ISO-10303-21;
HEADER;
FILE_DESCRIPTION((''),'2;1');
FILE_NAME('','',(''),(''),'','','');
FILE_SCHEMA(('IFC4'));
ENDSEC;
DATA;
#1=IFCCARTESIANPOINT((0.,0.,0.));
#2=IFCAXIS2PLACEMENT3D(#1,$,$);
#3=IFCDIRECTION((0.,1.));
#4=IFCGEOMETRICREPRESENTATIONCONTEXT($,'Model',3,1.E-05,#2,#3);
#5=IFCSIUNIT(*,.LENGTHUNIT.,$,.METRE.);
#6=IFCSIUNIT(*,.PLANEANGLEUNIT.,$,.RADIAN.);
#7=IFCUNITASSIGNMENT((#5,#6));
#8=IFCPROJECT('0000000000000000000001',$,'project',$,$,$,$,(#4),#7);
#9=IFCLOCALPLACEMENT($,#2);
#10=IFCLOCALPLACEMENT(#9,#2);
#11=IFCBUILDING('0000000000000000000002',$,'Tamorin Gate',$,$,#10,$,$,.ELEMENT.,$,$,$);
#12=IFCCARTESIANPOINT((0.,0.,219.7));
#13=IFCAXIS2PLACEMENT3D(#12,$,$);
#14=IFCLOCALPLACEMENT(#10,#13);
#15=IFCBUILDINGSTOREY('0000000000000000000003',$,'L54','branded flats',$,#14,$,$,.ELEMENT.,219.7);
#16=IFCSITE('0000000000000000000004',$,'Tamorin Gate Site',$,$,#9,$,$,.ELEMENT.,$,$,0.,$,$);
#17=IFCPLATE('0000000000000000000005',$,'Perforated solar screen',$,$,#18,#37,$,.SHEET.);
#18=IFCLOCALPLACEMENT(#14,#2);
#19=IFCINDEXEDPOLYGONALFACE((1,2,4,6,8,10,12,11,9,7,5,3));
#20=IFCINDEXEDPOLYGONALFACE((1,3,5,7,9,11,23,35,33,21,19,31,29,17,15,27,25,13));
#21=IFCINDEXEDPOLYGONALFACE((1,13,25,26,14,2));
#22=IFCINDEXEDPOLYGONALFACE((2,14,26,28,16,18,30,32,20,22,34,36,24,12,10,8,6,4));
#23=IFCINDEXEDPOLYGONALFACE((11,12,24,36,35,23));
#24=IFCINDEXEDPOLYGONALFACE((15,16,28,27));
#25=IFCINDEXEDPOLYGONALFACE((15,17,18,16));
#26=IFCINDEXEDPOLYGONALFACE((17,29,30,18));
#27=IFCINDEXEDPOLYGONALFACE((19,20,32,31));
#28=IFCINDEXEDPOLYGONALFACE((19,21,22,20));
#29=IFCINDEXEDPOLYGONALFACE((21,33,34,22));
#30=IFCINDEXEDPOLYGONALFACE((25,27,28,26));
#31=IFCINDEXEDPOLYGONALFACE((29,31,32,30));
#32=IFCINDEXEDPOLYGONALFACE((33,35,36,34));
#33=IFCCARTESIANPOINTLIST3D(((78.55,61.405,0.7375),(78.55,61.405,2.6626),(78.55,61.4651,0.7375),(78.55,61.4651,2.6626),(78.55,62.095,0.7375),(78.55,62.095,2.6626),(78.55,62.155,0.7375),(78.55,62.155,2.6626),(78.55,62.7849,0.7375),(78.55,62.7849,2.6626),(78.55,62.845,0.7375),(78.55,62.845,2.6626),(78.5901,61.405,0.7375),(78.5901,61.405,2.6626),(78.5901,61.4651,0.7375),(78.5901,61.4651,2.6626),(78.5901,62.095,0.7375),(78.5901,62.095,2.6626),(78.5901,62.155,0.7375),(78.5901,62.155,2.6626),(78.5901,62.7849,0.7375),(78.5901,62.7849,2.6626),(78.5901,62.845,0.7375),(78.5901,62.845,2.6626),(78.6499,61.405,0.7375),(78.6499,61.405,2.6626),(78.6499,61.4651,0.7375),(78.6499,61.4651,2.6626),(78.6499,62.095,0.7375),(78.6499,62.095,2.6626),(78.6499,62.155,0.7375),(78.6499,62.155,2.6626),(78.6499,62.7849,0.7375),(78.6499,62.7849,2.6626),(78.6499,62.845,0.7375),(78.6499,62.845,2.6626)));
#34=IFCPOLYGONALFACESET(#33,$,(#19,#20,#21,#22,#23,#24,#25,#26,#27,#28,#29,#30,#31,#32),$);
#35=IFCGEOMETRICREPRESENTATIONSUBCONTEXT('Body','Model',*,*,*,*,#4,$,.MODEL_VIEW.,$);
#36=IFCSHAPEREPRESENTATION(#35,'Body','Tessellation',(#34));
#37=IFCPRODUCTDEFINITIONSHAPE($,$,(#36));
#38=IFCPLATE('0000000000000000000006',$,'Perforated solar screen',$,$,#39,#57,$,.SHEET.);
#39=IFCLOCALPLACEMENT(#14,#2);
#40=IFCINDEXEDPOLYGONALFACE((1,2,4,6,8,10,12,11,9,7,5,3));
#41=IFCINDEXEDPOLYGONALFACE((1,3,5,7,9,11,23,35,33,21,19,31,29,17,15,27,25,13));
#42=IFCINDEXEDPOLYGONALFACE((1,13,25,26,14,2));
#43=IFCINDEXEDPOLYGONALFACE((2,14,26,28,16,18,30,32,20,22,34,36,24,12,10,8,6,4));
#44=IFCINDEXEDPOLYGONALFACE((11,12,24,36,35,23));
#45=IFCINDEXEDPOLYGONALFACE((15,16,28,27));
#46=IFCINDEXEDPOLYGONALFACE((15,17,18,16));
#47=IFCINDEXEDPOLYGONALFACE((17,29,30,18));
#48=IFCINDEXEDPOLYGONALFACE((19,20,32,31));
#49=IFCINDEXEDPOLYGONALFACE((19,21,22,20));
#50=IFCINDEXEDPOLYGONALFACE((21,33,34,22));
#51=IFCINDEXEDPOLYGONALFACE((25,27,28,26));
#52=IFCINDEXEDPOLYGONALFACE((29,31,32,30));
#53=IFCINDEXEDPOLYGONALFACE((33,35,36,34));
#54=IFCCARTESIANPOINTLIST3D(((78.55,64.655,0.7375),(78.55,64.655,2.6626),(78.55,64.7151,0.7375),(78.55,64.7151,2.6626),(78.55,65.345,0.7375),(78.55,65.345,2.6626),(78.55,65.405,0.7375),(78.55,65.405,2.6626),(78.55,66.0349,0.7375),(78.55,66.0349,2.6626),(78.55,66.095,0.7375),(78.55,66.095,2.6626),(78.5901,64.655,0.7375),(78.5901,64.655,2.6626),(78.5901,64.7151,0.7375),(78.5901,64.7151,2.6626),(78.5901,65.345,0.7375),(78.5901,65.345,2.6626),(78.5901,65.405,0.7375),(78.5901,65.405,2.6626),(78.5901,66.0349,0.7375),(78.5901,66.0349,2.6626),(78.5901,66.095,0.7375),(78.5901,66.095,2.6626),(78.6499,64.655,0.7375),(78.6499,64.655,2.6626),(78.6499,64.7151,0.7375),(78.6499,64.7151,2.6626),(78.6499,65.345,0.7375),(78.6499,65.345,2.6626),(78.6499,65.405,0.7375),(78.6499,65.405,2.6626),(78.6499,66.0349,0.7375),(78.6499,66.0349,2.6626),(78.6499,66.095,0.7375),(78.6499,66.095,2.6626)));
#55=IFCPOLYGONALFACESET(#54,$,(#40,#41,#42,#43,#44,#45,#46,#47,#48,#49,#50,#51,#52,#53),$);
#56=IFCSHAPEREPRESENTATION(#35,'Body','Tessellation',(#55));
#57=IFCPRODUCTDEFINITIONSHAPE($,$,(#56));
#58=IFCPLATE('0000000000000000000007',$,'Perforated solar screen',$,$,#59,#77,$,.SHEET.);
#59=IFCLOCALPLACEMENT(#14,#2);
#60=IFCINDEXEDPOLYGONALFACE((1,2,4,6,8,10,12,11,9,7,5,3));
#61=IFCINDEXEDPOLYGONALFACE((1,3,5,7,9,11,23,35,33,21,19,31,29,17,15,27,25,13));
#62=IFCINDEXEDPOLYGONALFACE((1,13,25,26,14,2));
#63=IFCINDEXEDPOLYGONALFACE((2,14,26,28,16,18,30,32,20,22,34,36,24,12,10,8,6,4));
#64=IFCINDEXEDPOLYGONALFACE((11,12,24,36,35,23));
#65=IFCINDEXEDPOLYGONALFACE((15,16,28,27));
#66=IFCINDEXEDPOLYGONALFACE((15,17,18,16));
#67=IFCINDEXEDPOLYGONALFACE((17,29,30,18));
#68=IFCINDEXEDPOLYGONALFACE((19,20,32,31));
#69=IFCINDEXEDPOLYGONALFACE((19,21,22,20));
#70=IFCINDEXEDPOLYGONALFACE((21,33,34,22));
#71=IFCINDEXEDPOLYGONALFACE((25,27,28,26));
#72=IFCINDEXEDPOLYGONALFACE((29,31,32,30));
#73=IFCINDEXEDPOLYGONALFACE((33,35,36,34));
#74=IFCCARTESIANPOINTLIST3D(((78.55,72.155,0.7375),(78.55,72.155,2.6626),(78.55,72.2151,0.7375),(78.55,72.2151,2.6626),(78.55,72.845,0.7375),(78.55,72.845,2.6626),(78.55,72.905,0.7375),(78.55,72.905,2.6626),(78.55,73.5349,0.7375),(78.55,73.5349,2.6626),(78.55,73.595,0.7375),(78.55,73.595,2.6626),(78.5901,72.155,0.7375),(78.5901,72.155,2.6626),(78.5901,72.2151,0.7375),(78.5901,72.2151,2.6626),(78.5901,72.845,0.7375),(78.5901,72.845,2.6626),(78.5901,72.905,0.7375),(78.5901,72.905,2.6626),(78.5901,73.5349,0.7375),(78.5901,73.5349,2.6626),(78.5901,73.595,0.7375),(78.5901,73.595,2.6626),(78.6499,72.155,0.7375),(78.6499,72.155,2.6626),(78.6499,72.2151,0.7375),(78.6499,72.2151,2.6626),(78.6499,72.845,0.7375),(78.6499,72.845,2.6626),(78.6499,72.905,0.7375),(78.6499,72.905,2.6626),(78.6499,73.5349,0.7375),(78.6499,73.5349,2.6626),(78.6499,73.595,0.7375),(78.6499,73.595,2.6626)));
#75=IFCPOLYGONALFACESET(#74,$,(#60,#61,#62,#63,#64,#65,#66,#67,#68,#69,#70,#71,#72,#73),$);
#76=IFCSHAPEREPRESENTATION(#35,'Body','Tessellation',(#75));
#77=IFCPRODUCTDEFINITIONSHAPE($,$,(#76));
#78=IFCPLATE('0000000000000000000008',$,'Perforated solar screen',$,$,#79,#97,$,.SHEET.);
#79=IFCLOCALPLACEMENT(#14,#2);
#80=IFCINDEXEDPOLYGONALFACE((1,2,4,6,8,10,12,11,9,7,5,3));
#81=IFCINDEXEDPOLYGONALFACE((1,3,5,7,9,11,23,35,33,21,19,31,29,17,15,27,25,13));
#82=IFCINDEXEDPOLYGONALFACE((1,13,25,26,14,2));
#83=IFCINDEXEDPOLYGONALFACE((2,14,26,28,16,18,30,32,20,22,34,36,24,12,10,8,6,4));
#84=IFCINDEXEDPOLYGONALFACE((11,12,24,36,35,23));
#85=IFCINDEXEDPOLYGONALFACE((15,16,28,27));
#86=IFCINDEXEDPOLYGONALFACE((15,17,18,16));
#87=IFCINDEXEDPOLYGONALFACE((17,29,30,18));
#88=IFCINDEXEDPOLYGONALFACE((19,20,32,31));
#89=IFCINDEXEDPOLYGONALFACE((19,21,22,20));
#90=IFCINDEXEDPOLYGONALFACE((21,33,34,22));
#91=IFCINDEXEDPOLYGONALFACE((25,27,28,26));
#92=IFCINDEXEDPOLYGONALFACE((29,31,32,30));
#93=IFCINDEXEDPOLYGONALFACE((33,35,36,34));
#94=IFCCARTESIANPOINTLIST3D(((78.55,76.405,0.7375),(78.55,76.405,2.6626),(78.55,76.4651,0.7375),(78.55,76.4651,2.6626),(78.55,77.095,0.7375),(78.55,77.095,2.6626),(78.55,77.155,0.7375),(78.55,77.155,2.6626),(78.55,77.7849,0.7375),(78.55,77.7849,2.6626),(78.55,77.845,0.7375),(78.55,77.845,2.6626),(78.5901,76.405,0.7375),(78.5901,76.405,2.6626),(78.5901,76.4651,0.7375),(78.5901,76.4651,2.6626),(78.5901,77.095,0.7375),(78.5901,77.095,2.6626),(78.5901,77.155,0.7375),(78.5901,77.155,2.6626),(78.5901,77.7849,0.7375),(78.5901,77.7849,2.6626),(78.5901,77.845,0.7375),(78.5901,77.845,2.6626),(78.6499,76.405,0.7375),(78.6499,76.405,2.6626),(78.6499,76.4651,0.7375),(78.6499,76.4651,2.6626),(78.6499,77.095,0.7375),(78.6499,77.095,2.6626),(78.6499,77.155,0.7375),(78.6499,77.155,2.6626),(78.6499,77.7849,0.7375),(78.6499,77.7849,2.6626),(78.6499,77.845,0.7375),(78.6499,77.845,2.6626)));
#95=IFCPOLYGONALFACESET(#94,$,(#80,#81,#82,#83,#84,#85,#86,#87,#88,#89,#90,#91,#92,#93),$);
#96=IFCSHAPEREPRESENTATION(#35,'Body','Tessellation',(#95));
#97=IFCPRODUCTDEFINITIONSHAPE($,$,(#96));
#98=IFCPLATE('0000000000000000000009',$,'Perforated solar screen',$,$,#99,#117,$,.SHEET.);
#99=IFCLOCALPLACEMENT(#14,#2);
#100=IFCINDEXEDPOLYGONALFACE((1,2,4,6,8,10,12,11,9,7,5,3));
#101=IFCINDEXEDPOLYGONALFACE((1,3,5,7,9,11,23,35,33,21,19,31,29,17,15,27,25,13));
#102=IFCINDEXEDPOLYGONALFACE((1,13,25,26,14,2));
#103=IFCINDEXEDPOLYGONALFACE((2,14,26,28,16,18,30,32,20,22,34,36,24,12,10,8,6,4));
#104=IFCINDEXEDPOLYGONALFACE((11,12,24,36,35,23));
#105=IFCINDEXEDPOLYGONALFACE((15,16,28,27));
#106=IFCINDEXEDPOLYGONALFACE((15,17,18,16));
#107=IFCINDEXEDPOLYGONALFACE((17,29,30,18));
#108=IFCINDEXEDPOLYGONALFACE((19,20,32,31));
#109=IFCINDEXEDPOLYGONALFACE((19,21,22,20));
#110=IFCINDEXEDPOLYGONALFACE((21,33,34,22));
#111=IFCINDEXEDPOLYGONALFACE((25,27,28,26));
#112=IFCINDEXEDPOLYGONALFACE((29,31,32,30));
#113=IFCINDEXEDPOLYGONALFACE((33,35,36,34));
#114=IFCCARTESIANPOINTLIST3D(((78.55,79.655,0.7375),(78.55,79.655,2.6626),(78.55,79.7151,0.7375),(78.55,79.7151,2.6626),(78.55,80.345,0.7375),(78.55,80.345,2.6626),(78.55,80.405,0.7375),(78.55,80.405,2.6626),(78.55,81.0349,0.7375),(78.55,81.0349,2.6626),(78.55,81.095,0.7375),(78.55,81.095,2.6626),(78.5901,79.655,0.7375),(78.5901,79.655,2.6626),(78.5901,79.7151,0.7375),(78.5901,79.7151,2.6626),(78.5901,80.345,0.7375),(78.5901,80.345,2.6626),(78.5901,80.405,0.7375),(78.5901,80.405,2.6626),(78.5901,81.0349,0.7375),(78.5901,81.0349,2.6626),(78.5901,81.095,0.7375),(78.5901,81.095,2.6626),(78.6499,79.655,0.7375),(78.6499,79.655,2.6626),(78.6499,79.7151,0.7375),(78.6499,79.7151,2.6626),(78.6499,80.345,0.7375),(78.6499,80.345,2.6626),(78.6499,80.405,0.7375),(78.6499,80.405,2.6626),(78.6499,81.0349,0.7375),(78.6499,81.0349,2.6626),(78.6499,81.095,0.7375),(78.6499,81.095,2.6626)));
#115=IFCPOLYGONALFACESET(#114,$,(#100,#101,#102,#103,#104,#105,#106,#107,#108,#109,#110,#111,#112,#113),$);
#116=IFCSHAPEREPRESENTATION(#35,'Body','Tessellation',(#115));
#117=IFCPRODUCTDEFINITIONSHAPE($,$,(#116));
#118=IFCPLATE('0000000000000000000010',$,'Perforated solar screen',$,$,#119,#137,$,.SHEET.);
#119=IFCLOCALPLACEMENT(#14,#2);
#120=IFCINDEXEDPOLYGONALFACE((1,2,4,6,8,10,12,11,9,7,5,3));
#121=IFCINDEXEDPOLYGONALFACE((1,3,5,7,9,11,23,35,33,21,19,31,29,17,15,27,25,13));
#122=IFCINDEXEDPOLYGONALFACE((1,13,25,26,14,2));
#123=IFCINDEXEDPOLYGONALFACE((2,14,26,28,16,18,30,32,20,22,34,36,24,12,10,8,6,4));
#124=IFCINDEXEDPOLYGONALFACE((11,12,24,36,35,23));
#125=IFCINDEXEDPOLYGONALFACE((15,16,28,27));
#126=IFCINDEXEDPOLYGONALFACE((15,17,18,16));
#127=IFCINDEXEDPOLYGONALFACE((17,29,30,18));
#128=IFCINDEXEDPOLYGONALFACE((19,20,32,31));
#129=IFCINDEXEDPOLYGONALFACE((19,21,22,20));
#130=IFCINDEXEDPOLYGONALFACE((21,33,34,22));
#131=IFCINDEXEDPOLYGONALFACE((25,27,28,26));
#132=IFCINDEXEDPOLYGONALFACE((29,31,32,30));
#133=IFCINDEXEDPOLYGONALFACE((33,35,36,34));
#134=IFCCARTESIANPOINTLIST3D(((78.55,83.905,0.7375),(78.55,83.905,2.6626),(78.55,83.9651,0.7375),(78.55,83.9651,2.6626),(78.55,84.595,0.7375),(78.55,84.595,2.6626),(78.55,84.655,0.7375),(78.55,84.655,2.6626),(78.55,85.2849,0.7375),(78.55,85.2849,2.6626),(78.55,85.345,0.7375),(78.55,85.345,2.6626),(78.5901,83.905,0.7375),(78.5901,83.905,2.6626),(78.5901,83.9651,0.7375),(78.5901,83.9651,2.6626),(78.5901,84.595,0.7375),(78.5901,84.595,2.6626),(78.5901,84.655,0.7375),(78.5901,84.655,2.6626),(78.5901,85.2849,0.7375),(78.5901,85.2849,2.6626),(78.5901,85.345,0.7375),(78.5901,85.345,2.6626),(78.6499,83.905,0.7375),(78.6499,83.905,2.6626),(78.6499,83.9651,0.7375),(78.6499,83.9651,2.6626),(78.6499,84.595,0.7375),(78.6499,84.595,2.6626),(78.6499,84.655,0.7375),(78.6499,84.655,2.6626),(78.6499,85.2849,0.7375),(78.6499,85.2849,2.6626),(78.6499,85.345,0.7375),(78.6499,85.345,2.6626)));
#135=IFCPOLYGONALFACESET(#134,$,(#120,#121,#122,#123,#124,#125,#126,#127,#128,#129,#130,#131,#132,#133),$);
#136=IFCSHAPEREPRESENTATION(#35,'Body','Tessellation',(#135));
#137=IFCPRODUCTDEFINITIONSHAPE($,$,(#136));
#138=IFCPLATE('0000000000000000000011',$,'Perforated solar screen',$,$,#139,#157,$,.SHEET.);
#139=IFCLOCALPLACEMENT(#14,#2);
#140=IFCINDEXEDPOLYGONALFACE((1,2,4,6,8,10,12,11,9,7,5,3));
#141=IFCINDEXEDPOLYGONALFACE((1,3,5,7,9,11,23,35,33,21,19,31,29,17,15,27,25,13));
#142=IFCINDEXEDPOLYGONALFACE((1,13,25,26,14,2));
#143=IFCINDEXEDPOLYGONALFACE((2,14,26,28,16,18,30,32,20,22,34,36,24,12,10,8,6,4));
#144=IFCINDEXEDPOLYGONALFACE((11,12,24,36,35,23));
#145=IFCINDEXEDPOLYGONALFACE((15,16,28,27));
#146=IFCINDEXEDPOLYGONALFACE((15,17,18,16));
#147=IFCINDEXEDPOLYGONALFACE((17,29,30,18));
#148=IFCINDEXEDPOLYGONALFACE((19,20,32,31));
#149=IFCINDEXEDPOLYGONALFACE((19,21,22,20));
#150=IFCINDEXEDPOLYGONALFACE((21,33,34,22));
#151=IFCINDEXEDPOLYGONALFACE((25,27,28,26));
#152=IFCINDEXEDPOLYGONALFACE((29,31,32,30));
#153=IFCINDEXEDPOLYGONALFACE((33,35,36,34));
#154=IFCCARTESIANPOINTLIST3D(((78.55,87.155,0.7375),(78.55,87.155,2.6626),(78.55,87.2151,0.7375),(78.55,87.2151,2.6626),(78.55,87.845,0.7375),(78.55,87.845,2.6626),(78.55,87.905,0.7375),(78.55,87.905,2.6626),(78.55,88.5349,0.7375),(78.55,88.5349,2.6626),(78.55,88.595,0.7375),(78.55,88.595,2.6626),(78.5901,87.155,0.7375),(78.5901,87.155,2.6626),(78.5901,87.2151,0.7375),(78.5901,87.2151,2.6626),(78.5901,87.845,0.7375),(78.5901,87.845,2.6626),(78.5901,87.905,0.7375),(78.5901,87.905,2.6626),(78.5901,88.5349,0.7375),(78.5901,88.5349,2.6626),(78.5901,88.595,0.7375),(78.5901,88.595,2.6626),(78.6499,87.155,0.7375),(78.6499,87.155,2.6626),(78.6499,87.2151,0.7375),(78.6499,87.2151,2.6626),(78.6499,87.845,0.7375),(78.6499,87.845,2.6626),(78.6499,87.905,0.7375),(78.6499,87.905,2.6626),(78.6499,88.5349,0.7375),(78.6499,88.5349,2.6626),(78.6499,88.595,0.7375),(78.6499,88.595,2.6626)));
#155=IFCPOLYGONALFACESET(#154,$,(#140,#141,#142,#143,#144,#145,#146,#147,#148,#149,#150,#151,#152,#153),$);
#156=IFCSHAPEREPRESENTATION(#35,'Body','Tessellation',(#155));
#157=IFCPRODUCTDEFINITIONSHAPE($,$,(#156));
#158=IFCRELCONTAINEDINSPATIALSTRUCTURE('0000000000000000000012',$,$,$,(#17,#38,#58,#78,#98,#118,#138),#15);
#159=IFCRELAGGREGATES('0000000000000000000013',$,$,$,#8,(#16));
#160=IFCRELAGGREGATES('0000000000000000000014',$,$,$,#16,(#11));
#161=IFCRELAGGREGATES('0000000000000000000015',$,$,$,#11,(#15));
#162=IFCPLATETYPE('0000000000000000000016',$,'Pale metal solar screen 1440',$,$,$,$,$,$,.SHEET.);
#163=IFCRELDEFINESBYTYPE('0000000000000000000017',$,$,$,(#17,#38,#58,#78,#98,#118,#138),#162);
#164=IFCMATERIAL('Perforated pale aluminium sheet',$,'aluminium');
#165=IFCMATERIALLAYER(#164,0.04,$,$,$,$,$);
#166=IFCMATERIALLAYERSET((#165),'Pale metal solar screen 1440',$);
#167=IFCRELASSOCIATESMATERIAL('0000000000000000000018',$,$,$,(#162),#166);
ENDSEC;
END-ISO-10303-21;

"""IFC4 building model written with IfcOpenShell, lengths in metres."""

from ifc_helpers import new_model, si_unit, direction, frame, origin, place, context, subcontext, project, spatial, polyline, outline, extrude, material, layer, layer_set, type_object, element, save


model = new_model("IFC4")

# Units and contexts
model_context = context("Model", 3, precision=1e-05, world=origin(), true_north=direction((0.0, 1.0)))
body_context = subcontext(model_context, "Body", "Model", "MODEL_VIEW")
ifc_project = project(units=[si_unit("LENGTHUNIT", "METRE"), si_unit("PLANEANGLEUNIT", "RADIAN")], contexts=[model_context])

# Site, building, storey
site_placement = place(None, origin())
site = spatial("IfcSite", under=ifc_project, at=site_placement, Name="Tamorin Gate Site", CompositionType="ELEMENT", RefElevation=0.0)
building_placement = place(site_placement, origin())
building = spatial("IfcBuilding", under=site, at=building_placement, Name="Tamorin Gate", CompositionType="ELEMENT")
storey_placement = place(building_placement, frame((0.0, 0.0, 219.7)))
storey = spatial("IfcBuildingStorey", under=building, at=storey_placement, Name="L54", Description="branded flats", CompositionType="ELEMENT", Elevation=219.7)

# Plates
ifc_material = material(Name="Perforated pale aluminium sheet", Category="aluminium")
ifc_layer = layer(ifc_material, 0.04)
ifc_layer_set = layer_set([ifc_layer], Name="Pale metal solar screen 1440")
plate_type = type_object("IfcPlateType", Name="Pale metal solar screen 1440", PredefinedType="SHEET", material=ifc_layer_set)
plate_1_placement = place(storey_placement, frame((0.0, 0.0, 0.7375)))
element("IfcPlate", 1, at=plate_1_placement, inside=storey, type_object=plate_type, Name="Perforated solar screen", PredefinedType="SHEET", context=body_context, shape_type="SweptSolid", body=[
    extrude(outline(polyline([(78.5901, 61.405), (78.55, 61.405), (78.55, 61.4651), (78.55, 62.095), (78.55, 62.155), (78.55, 62.7849), (78.55, 62.845), (78.5901, 62.845), (78.6499, 62.845), (78.6499, 62.7849), (78.5901, 62.7849), (78.5901, 62.155), (78.6499, 62.155), (78.6499, 62.095), (78.5901, 62.095), (78.5901, 61.4651), (78.6499, 61.4651), (78.6499, 61.405), (78.5901, 61.405)])), origin(), (0.0, 0.0, 1.0), 1.925),
])
plate_2_placement = place(storey_placement, frame((0.0, 0.0, 0.7375)))
element("IfcPlate", 2, at=plate_2_placement, inside=storey, type_object=plate_type, Name="Perforated solar screen", PredefinedType="SHEET", context=body_context, shape_type="SweptSolid", body=[
    extrude(outline(polyline([(78.5901, 64.655), (78.55, 64.655), (78.55, 64.7151), (78.55, 65.345), (78.55, 65.405), (78.55, 66.0349), (78.55, 66.095), (78.5901, 66.095), (78.6499, 66.095), (78.6499, 66.0349), (78.5901, 66.0349), (78.5901, 65.405), (78.6499, 65.405), (78.6499, 65.345), (78.5901, 65.345), (78.5901, 64.7151), (78.6499, 64.7151), (78.6499, 64.655), (78.5901, 64.655)])), origin(), (0.0, 0.0, 1.0), 1.925),
])
plate_3_placement = place(storey_placement, frame((0.0, 0.0, 0.7375)))
element("IfcPlate", 3, at=plate_3_placement, inside=storey, type_object=plate_type, Name="Perforated solar screen", PredefinedType="SHEET", context=body_context, shape_type="SweptSolid", body=[
    extrude(outline(polyline([(78.5901, 72.155), (78.55, 72.155), (78.55, 72.2151), (78.55, 72.845), (78.55, 72.905), (78.55, 73.5349), (78.55, 73.595), (78.5901, 73.595), (78.6499, 73.595), (78.6499, 73.5349), (78.5901, 73.5349), (78.5901, 72.905), (78.6499, 72.905), (78.6499, 72.845), (78.5901, 72.845), (78.5901, 72.2151), (78.6499, 72.2151), (78.6499, 72.155), (78.5901, 72.155)])), origin(), (0.0, 0.0, 1.0), 1.925),
])
plate_4_placement = place(storey_placement, frame((0.0, 0.0, 0.7375)))
element("IfcPlate", 4, at=plate_4_placement, inside=storey, type_object=plate_type, Name="Perforated solar screen", PredefinedType="SHEET", context=body_context, shape_type="SweptSolid", body=[
    extrude(outline(polyline([(78.5901, 76.405), (78.55, 76.405), (78.55, 76.4651), (78.55, 77.095), (78.55, 77.155), (78.55, 77.7849), (78.55, 77.845), (78.5901, 77.845), (78.6499, 77.845), (78.6499, 77.7849), (78.5901, 77.7849), (78.5901, 77.155), (78.6499, 77.155), (78.6499, 77.095), (78.5901, 77.095), (78.5901, 76.4651), (78.6499, 76.4651), (78.6499, 76.405), (78.5901, 76.405)])), origin(), (0.0, 0.0, 1.0), 1.925),
])
plate_5_placement = place(storey_placement, frame((0.0, 0.0, 0.7375)))
element("IfcPlate", 5, at=plate_5_placement, inside=storey, type_object=plate_type, Name="Perforated solar screen", PredefinedType="SHEET", context=body_context, shape_type="SweptSolid", body=[
    extrude(outline(polyline([(78.5901, 79.655), (78.55, 79.655), (78.55, 79.7151), (78.55, 80.345), (78.55, 80.405), (78.55, 81.0349), (78.55, 81.095), (78.5901, 81.095), (78.6499, 81.095), (78.6499, 81.0349), (78.5901, 81.0349), (78.5901, 80.405), (78.6499, 80.405), (78.6499, 80.345), (78.5901, 80.345), (78.5901, 79.7151), (78.6499, 79.7151), (78.6499, 79.655), (78.5901, 79.655)])), origin(), (0.0, 0.0, 1.0), 1.925),
])
plate_6_placement = place(storey_placement, frame((0.0, 0.0, 0.7375)))
element("IfcPlate", 6, at=plate_6_placement, inside=storey, type_object=plate_type, Name="Perforated solar screen", PredefinedType="SHEET", context=body_context, shape_type="SweptSolid", body=[
    extrude(outline(polyline([(78.5901, 83.905), (78.55, 83.905), (78.55, 83.9651), (78.55, 84.595), (78.55, 84.655), (78.55, 85.2849), (78.55, 85.345), (78.5901, 85.345), (78.6499, 85.345), (78.6499, 85.2849), (78.5901, 85.2849), (78.5901, 84.655), (78.6499, 84.655), (78.6499, 84.595), (78.5901, 84.595), (78.5901, 83.9651), (78.6499, 83.9651), (78.6499, 83.905), (78.5901, 83.905)])), origin(), (0.0, 0.0, 1.0), 1.925),
])
plate_7_placement = place(storey_placement, frame((0.0, 0.0, 0.7375)))
element("IfcPlate", 7, at=plate_7_placement, inside=storey, type_object=plate_type, Name="Perforated solar screen", PredefinedType="SHEET", context=body_context, shape_type="SweptSolid", body=[
    extrude(outline(polyline([(78.5901, 87.155), (78.55, 87.155), (78.55, 87.2151), (78.55, 87.845), (78.55, 87.905), (78.55, 88.5349), (78.55, 88.595), (78.5901, 88.595), (78.6499, 88.595), (78.6499, 88.5349), (78.5901, 88.5349), (78.5901, 87.905), (78.6499, 87.905), (78.6499, 87.845), (78.5901, 87.845), (78.5901, 87.2151), (78.6499, 87.2151), (78.6499, 87.155), (78.5901, 87.155)])), origin(), (0.0, 0.0, 1.0), 1.925),
])

save(model, "model.ifc")
